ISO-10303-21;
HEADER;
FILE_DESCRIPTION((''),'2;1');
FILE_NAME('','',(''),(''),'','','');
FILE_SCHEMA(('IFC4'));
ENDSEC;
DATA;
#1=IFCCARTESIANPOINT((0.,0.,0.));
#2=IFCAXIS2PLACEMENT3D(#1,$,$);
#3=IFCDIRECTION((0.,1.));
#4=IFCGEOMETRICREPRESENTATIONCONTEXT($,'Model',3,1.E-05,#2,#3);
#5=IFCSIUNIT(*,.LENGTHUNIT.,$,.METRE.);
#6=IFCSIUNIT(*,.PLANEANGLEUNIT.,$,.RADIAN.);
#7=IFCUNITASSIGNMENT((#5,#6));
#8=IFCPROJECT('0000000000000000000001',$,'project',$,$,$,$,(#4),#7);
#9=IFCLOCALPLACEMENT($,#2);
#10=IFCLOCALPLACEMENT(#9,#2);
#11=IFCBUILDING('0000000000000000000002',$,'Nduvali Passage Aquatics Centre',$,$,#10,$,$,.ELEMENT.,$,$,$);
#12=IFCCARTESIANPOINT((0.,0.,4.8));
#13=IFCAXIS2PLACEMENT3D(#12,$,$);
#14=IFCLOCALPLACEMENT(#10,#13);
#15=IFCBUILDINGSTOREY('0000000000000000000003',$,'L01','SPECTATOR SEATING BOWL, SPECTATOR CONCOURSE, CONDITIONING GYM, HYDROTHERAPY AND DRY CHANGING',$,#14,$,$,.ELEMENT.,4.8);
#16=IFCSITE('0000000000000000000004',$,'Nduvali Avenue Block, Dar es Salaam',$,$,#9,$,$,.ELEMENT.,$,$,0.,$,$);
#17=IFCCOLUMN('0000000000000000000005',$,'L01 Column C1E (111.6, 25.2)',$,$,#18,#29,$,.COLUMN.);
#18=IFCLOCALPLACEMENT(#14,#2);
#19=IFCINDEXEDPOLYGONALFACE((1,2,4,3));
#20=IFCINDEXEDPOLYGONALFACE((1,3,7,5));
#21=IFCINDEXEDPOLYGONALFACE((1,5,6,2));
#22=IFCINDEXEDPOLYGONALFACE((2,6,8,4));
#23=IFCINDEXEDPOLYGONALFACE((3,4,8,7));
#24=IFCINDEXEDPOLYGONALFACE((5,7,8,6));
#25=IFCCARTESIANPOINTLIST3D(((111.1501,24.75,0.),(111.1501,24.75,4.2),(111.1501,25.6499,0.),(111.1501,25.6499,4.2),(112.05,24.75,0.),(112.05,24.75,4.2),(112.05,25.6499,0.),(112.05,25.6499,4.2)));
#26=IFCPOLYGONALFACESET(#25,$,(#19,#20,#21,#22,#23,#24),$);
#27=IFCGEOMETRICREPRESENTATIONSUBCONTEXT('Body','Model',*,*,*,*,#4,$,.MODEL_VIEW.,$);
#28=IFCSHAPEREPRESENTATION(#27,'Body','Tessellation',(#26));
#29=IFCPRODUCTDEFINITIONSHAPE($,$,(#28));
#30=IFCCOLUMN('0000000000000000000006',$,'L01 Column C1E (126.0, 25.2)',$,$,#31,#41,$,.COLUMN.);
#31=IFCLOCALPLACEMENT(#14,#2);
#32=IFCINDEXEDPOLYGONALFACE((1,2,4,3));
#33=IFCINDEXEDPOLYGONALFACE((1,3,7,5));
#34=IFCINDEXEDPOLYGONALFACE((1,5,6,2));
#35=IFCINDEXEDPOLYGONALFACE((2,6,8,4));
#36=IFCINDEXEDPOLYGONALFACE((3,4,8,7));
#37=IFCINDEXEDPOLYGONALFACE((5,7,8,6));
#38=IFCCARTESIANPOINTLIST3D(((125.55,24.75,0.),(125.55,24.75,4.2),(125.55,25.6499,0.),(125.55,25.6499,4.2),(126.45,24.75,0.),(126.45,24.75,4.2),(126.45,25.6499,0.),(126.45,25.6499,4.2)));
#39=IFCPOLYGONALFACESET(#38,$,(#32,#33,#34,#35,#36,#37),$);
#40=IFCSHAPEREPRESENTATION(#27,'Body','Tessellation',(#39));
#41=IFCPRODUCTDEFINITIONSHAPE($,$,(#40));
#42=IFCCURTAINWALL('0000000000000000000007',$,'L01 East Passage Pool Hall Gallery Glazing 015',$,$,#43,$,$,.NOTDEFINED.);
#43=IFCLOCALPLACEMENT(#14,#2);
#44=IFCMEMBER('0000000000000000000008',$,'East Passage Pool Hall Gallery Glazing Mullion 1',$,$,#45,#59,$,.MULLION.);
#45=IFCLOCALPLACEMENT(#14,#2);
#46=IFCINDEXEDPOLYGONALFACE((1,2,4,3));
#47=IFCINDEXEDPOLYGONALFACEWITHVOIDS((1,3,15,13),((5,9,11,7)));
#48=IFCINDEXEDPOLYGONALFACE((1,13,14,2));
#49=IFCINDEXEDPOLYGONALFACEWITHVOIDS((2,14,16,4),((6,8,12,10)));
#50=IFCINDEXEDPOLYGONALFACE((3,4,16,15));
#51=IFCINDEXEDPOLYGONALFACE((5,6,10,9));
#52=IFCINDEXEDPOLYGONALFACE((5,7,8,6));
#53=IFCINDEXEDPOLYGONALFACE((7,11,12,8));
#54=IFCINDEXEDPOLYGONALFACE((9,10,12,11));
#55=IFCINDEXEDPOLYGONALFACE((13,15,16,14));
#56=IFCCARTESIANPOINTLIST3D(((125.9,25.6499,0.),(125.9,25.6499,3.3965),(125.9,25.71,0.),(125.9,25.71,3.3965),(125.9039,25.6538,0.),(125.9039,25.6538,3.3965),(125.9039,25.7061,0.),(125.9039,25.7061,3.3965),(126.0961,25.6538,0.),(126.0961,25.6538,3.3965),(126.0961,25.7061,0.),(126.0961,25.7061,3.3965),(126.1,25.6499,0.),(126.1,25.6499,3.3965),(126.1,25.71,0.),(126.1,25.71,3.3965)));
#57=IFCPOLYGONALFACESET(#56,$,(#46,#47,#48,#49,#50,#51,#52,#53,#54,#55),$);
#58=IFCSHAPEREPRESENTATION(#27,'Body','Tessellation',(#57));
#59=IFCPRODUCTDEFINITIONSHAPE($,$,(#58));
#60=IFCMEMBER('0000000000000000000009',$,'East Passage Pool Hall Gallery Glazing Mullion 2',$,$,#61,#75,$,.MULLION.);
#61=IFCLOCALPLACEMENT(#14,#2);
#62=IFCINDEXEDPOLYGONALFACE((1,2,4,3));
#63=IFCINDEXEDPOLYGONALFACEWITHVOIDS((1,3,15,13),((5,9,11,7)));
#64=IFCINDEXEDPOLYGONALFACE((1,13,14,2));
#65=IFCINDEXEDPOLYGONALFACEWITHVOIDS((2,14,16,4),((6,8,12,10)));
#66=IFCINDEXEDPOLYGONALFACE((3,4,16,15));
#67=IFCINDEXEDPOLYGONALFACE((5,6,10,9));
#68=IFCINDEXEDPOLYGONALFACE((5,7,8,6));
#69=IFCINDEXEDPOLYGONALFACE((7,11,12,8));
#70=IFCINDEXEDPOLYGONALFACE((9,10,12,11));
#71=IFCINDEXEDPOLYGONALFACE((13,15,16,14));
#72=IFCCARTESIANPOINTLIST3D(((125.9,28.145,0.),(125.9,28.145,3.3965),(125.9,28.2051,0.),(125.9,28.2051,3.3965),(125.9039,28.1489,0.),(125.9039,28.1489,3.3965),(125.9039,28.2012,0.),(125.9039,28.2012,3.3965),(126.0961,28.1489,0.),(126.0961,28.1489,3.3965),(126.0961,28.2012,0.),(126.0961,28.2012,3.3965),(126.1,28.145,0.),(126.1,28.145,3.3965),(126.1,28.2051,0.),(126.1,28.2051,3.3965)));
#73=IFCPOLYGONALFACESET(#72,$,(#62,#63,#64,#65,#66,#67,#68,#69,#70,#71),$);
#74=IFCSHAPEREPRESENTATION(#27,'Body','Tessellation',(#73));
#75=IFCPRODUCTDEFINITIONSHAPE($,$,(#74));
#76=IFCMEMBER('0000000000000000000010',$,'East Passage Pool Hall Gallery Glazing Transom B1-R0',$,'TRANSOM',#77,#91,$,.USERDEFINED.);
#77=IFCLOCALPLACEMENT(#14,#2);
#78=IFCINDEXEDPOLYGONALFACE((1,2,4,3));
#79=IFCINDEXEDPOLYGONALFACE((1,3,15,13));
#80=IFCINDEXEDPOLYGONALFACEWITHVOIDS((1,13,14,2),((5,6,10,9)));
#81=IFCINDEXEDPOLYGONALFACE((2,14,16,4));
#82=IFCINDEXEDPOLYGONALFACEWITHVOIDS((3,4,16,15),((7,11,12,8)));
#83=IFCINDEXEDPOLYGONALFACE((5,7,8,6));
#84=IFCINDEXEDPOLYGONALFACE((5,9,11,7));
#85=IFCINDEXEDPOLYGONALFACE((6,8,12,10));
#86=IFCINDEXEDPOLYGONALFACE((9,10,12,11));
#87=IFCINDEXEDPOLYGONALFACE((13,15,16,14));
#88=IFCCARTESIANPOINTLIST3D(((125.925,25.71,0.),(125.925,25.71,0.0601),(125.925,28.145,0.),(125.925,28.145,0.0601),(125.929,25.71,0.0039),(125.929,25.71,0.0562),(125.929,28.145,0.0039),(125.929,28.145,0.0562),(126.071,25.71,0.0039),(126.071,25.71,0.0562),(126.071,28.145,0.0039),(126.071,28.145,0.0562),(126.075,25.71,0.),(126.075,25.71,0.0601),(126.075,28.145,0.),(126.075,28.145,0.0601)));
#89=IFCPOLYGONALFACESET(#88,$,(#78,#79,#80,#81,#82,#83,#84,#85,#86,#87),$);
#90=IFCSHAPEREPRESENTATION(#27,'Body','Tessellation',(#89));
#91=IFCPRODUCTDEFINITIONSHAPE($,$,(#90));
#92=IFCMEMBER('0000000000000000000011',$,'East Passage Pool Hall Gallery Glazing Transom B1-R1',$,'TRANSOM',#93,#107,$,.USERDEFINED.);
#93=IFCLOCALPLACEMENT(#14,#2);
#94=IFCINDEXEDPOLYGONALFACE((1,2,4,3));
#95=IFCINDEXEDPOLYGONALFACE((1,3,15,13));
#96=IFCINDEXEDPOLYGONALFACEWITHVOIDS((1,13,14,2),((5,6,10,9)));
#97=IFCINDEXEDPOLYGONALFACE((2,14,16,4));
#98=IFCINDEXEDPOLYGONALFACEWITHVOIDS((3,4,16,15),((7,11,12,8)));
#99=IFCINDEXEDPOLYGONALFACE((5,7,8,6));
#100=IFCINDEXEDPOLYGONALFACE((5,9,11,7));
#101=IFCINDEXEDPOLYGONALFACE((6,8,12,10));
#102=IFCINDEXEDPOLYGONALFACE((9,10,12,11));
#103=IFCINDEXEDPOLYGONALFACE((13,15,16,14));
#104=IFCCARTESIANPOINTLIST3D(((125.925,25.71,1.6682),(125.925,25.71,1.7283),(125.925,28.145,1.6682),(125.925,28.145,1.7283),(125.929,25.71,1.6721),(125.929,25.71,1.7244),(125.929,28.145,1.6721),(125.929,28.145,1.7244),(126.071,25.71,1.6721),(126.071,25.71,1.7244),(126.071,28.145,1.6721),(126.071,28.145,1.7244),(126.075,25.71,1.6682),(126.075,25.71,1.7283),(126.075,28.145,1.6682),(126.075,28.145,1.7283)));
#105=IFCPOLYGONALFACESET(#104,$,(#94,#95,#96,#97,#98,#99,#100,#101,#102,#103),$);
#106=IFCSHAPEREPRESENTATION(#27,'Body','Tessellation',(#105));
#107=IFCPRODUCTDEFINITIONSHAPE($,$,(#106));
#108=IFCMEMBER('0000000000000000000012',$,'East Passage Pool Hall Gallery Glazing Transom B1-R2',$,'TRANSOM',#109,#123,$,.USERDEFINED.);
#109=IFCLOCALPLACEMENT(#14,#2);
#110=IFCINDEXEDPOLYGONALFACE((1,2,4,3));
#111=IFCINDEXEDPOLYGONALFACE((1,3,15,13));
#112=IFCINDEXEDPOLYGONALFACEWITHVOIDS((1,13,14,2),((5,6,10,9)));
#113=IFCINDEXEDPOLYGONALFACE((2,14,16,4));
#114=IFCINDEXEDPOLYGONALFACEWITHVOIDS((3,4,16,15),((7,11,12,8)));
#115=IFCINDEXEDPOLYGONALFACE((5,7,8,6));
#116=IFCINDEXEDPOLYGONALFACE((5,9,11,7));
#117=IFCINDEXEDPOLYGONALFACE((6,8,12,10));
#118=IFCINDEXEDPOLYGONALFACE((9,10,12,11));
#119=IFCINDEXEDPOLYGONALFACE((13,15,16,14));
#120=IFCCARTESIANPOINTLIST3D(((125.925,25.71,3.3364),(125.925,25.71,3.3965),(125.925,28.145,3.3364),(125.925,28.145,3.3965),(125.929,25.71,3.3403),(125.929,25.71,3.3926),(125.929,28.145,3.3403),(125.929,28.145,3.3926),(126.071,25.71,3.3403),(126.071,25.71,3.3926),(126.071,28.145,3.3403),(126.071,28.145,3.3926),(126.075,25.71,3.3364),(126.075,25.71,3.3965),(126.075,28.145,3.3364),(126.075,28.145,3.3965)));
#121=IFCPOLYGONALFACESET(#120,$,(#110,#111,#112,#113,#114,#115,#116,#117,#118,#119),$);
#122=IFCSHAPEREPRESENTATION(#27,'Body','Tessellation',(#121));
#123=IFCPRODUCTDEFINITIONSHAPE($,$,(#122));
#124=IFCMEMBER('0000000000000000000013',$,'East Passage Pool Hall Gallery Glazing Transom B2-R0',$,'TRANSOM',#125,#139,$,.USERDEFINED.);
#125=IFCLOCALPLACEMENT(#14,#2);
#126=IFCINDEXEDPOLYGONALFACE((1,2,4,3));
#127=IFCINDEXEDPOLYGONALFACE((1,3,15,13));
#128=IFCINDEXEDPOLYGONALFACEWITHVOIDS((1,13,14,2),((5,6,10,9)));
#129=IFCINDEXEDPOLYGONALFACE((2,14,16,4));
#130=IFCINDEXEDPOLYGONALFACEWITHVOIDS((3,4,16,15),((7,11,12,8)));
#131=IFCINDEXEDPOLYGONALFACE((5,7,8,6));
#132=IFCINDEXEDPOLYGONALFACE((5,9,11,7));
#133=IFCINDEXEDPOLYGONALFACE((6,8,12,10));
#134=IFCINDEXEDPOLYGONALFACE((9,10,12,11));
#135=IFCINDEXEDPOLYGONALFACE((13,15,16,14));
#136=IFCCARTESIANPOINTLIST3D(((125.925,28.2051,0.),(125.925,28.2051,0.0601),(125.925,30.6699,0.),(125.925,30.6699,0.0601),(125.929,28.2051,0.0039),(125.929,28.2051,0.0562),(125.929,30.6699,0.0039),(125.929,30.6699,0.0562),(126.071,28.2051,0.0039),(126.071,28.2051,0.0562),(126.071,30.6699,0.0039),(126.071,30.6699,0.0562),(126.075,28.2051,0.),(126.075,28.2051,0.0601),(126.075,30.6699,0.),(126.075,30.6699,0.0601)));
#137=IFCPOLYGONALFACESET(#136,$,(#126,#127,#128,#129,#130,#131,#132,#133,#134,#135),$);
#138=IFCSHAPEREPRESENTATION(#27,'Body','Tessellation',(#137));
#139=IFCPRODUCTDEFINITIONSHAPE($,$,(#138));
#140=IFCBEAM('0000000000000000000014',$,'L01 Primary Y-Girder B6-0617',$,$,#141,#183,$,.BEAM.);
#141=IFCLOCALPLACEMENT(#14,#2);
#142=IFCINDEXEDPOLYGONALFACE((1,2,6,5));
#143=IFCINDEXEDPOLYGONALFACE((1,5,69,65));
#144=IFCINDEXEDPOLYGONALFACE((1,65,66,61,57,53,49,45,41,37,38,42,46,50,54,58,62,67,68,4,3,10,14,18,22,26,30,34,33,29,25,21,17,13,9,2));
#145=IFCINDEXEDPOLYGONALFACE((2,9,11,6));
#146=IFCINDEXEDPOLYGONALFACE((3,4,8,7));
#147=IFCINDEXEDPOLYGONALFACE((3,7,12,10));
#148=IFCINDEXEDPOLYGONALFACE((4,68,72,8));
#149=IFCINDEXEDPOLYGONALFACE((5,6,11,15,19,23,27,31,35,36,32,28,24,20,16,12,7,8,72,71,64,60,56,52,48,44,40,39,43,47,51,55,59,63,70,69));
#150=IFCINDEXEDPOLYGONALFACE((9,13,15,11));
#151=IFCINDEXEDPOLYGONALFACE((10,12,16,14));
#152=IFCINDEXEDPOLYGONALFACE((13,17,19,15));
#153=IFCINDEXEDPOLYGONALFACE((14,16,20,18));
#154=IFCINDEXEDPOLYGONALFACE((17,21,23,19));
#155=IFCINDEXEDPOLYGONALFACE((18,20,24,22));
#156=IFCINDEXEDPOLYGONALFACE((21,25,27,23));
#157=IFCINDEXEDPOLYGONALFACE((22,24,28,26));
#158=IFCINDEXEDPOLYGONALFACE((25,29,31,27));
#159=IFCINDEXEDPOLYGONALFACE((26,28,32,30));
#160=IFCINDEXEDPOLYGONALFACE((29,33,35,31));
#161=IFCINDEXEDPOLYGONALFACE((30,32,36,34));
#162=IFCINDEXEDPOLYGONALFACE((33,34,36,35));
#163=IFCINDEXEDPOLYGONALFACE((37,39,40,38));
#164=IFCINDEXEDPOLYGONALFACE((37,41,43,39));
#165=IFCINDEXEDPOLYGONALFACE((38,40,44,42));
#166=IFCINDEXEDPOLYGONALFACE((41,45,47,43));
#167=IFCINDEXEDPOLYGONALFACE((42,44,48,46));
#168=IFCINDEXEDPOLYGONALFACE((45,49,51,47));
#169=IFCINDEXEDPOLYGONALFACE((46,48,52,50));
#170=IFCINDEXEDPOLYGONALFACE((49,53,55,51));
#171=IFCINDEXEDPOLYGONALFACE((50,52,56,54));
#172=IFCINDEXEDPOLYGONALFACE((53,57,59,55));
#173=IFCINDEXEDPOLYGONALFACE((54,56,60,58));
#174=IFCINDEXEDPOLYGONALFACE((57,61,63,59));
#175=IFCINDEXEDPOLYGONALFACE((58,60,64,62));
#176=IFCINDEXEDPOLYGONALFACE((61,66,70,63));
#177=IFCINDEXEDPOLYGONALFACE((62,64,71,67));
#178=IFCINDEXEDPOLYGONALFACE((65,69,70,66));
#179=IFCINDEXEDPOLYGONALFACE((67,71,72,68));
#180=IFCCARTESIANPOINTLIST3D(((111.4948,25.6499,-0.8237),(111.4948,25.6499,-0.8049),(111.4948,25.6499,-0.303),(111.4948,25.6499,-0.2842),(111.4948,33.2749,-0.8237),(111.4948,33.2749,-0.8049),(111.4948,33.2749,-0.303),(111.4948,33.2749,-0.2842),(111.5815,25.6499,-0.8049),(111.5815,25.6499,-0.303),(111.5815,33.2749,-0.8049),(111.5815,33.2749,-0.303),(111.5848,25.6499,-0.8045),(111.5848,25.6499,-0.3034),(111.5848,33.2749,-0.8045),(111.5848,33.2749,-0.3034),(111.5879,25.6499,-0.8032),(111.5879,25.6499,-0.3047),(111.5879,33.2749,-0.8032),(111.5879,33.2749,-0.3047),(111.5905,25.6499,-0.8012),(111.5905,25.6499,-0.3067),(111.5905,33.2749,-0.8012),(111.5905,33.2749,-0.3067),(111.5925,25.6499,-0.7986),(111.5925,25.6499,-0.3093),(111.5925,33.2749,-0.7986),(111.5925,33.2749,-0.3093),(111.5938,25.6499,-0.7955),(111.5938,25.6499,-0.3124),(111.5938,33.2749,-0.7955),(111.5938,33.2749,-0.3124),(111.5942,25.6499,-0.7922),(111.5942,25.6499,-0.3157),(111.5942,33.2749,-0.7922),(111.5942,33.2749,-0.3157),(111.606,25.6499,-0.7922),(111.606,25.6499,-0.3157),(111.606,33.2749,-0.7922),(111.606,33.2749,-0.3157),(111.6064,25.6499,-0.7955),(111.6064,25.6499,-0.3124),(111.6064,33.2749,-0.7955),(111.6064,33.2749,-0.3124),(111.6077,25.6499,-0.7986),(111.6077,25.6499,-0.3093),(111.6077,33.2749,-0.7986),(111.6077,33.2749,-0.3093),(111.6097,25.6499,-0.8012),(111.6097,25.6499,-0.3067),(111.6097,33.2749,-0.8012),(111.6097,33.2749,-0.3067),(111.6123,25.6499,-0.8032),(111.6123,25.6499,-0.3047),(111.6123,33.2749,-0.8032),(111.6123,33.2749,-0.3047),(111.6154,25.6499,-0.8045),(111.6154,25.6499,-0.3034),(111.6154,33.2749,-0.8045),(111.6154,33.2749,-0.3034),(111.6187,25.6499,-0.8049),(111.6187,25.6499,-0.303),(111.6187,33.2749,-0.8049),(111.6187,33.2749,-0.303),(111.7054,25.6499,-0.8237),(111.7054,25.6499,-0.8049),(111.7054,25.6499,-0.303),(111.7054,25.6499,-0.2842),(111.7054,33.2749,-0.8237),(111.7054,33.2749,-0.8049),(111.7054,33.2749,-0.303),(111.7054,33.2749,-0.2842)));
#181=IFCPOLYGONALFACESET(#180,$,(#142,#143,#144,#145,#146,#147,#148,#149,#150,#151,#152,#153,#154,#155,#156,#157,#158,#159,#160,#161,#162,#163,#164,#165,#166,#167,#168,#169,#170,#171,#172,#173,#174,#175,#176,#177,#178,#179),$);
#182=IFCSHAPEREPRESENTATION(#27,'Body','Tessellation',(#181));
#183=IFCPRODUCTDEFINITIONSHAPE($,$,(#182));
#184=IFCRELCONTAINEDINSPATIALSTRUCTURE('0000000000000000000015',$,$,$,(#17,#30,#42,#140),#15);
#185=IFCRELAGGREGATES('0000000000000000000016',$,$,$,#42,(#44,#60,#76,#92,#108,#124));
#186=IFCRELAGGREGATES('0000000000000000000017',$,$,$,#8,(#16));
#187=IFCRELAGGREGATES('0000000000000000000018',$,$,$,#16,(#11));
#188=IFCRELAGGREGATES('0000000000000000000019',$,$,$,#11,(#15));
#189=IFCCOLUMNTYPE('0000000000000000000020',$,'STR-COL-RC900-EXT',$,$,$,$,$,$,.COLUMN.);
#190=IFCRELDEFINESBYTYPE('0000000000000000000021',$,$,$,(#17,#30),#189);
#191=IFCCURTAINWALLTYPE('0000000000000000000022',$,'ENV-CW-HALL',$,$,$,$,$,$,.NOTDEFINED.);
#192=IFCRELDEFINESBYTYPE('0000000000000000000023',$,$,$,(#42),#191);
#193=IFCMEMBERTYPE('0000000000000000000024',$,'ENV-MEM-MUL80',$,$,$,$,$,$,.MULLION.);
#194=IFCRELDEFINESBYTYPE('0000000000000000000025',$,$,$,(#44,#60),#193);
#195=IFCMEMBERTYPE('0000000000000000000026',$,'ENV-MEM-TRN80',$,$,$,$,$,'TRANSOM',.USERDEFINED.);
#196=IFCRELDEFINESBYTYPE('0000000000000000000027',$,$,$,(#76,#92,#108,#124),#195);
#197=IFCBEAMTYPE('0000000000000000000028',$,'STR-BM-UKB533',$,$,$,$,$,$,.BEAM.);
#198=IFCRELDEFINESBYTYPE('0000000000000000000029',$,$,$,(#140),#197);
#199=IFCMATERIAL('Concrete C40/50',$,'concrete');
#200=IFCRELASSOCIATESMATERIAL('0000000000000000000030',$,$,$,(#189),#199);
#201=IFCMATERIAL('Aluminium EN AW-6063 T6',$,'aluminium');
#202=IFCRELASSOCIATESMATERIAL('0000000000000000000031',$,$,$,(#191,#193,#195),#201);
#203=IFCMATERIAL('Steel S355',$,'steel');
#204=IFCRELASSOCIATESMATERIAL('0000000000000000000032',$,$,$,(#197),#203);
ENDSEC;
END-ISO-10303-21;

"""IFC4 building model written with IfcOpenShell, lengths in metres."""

from ifc_helpers import new_model, si_unit, direction, frame, origin, origin_2d, place, context, subcontext, project, spatial, rectangle, hollow_rectangle, i_section, extrude, material, material_profile, profile_set, type_object, element, aggregate, save


model = new_model("IFC4")

# Units and contexts
model_context = context("Model", 3, precision=1e-05, world=origin(), true_north=direction((0.0, 1.0)))
body_context = subcontext(model_context, "Body", "Model", "MODEL_VIEW")
ifc_project = project(units=[si_unit("LENGTHUNIT", "METRE"), si_unit("PLANEANGLEUNIT", "RADIAN")], contexts=[model_context])

# Site, building, storey
site_placement = place(None, origin())
site = spatial("IfcSite", under=ifc_project, at=site_placement, Name="Nduvali Avenue Block, Dar es Salaam", CompositionType="ELEMENT", RefElevation=0.0)
building_placement = place(site_placement, origin())
building = spatial("IfcBuilding", under=site, at=building_placement, Name="Nduvali Passage Aquatics Centre", CompositionType="ELEMENT")
storey_placement = place(building_placement, frame((0.0, 0.0, 4.8)))
storey = spatial("IfcBuildingStorey", under=building, at=storey_placement, Name="L01", Description="SPECTATOR SEATING BOWL, SPECTATOR CONCOURSE, CONDITIONING GYM, HYDROTHERAPY AND DRY CHANGING", CompositionType="ELEMENT", Elevation=4.8)

# Columns
ifc_material_1 = material(Name="Concrete C40/50", Category="concrete")
ifc_material_profile_1 = material_profile(ifc_material_1, rectangle(XDim=0.8999, YDim=0.8999, at=origin_2d()), Name="RC 900x900")
ifc_profile_set_1 = profile_set([ifc_material_profile_1], Name="Concrete C40/50")
column_type = type_object("IfcColumnType", Name="STR-COL-RC900-EXT", PredefinedType="COLUMN", material=ifc_profile_set_1)
for number, where, z_axis, x_axis, name in (
    (1, (111.6001, 25.2, 0.0), (0.0, 0.0, 1.0), (1.0, 0.0, 0.0), "L01 Column C1E (111.6, 25.2)"),
    (2, (126.0, 25.2, 0.0), (0.0, 0.0, 1.0), (1.0, 0.0, 0.0), "L01 Column C1E (126.0, 25.2)"),
):
    element("IfcColumn", number, at=place(storey_placement, frame(where, z_axis=z_axis, x_axis=x_axis)), inside=storey, type_object=column_type, Name=name, PredefinedType="COLUMN", context=body_context, shape_type="SweptSolid", body=[
        extrude(rectangle(XDim=0.8999, YDim=0.8999, at=origin_2d()), origin(), (0.0, 0.0, 1.0), 4.2),
    ])

# Curtain wall, members
ifc_material_2 = material(Name="Aluminium EN AW-6063 T6", Category="aluminium")
curtain_wall_type = type_object("IfcCurtainWallType", Name="ENV-CW-HALL", PredefinedType="NOTDEFINED", material=ifc_material_2)
curtain_wall_placement = place(storey_placement, origin())
curtain_wall = element("IfcCurtainWall", 3, at=curtain_wall_placement, inside=storey, type_object=curtain_wall_type, Name="L01 East Passage Pool Hall Gallery Glazing 015", PredefinedType="NOTDEFINED")
ifc_material_profile_2 = material_profile(ifc_material_2, hollow_rectangle(XDim=0.0601, YDim=0.2, WallThickness=0.0039, at=origin_2d()), Name="ALU MULLION 60x200x4")
ifc_profile_set_2 = profile_set([ifc_material_profile_2], Name="Aluminium EN AW-6063 T6")
member_type_1 = type_object("IfcMemberType", Name="ENV-MEM-MUL80", PredefinedType="MULLION", material=ifc_profile_set_2)
member_1_placement = place(storey_placement, frame((126.0, 25.6799, 0.0), z_axis=(0.0, 0.0, 1.0), x_axis=(0.0, 1.0, 0.0)))
member_1 = element("IfcMember", 4, at=member_1_placement, type_object=member_type_1, Name="East Passage Pool Hall Gallery Glazing Mullion 1", PredefinedType="MULLION", context=body_context, shape_type="SweptSolid", body=[
    extrude(hollow_rectangle(XDim=0.0601, YDim=0.2, WallThickness=0.0039, at=origin_2d()), origin(), (0.0, 0.0, 1.0), 3.3965),
])
member_2_placement = place(storey_placement, frame((126.0, 28.175, 0.0), z_axis=(0.0, 0.0, 1.0), x_axis=(0.0, 1.0, 0.0)))
member_2 = element("IfcMember", 5, at=member_2_placement, type_object=member_type_1, Name="East Passage Pool Hall Gallery Glazing Mullion 2", PredefinedType="MULLION", context=body_context, shape_type="SweptSolid", body=[
    extrude(hollow_rectangle(XDim=0.0601, YDim=0.2, WallThickness=0.0039, at=origin_2d()), origin(), (0.0, 0.0, 1.0), 3.3965),
])
ifc_material_profile_3 = material_profile(ifc_material_2, hollow_rectangle(XDim=0.1499, YDim=0.0601, WallThickness=0.0039, at=origin_2d()), Name="ALU TRANSOM 150x60x4")
ifc_profile_set_3 = profile_set([ifc_material_profile_3], Name="Aluminium EN AW-6063 T6")
member_type_2 = type_object("IfcMemberType", Name="ENV-MEM-TRN80", ElementType="TRANSOM", PredefinedType="USERDEFINED", material=ifc_profile_set_3)
member_3_placement = place(storey_placement, frame((126.0, 25.71, 0.03), z_axis=(0.0, 1.0, 0.0), x_axis=(-1.0, 0.0, 0.0)))
member_3 = element("IfcMember", 6, at=member_3_placement, type_object=member_type_2, Name="East Passage Pool Hall Gallery Glazing Transom B1-R0", ObjectType="TRANSOM", PredefinedType="USERDEFINED", context=body_context, shape_type="SweptSolid", body=[
    extrude(hollow_rectangle(XDim=0.1499, YDim=0.0601, WallThickness=0.0039, at=origin_2d()), origin(), (0.0, 0.0, 1.0), 2.4351),
])
member_4_placement = place(storey_placement, frame((126.0, 25.71, 1.6982), z_axis=(0.0, 1.0, 0.0), x_axis=(-1.0, 0.0, 0.0)))
member_4 = element("IfcMember", 7, at=member_4_placement, type_object=member_type_2, Name="East Passage Pool Hall Gallery Glazing Transom B1-R1", ObjectType="TRANSOM", PredefinedType="USERDEFINED", context=body_context, shape_type="SweptSolid", body=[
    extrude(hollow_rectangle(XDim=0.1499, YDim=0.0601, WallThickness=0.0039, at=origin_2d()), origin(), (0.0, 0.0, 1.0), 2.4351),
])
member_5_placement = place(storey_placement, frame((126.0, 25.71, 3.3665), z_axis=(0.0, 1.0, 0.0), x_axis=(-1.0, 0.0, 0.0)))
member_5 = element("IfcMember", 8, at=member_5_placement, type_object=member_type_2, Name="East Passage Pool Hall Gallery Glazing Transom B1-R2", ObjectType="TRANSOM", PredefinedType="USERDEFINED", context=body_context, shape_type="SweptSolid", body=[
    extrude(hollow_rectangle(XDim=0.1499, YDim=0.0601, WallThickness=0.0039, at=origin_2d()), origin(), (0.0, 0.0, 1.0), 2.4351),
])
member_6_placement = place(storey_placement, frame((126.0, 28.2051, 0.03), z_axis=(0.0, 1.0, 0.0), x_axis=(-1.0, 0.0, 0.0)))
member_6 = element("IfcMember", 9, at=member_6_placement, type_object=member_type_2, Name="East Passage Pool Hall Gallery Glazing Transom B2-R0", ObjectType="TRANSOM", PredefinedType="USERDEFINED", context=body_context, shape_type="SweptSolid", body=[
    extrude(hollow_rectangle(XDim=0.1499, YDim=0.0601, WallThickness=0.0039, at=origin_2d()), origin(), (0.0, 0.0, 1.0), 2.4648),
])

# Beam
ifc_material_3 = material(Name="Steel S355", Category="steel")
ifc_material_profile_4 = material_profile(ifc_material_3, i_section(OverallWidth=0.2107, OverallDepth=0.5396, WebThickness=0.0117, FlangeThickness=0.0188, FilletRadius=0.0127, at=origin_2d()), Name="UKB 533x210x109")
ifc_profile_set_4 = profile_set([ifc_material_profile_4], Name="Steel S355")
beam_type_1 = type_object("IfcBeamType", Name="STR-BM-UKB533", PredefinedType="BEAM", material=ifc_profile_set_4)
beam_1_placement = place(storey_placement, frame((111.6001, 25.6499, -0.554), z_axis=(0.0, 1.0, 0.0), x_axis=(-1.0, 0.0, 0.0)))
element("IfcBeam", 10, at=beam_1_placement, inside=storey, type_object=beam_type_1, Name="L01 Primary Y-Girder B6-0617", PredefinedType="BEAM", context=body_context, shape_type="SweptSolid", body=[
    extrude(i_section(OverallWidth=0.2107, OverallDepth=0.5396, WebThickness=0.0117, FlangeThickness=0.0188, FilletRadius=0.0127, at=origin_2d()), origin(), (0.0, 0.0, 1.0), 7.625),
])

aggregate(curtain_wall, [member_1, member_2, member_3, member_4, member_5, member_6])

save(model, "model.ifc")
